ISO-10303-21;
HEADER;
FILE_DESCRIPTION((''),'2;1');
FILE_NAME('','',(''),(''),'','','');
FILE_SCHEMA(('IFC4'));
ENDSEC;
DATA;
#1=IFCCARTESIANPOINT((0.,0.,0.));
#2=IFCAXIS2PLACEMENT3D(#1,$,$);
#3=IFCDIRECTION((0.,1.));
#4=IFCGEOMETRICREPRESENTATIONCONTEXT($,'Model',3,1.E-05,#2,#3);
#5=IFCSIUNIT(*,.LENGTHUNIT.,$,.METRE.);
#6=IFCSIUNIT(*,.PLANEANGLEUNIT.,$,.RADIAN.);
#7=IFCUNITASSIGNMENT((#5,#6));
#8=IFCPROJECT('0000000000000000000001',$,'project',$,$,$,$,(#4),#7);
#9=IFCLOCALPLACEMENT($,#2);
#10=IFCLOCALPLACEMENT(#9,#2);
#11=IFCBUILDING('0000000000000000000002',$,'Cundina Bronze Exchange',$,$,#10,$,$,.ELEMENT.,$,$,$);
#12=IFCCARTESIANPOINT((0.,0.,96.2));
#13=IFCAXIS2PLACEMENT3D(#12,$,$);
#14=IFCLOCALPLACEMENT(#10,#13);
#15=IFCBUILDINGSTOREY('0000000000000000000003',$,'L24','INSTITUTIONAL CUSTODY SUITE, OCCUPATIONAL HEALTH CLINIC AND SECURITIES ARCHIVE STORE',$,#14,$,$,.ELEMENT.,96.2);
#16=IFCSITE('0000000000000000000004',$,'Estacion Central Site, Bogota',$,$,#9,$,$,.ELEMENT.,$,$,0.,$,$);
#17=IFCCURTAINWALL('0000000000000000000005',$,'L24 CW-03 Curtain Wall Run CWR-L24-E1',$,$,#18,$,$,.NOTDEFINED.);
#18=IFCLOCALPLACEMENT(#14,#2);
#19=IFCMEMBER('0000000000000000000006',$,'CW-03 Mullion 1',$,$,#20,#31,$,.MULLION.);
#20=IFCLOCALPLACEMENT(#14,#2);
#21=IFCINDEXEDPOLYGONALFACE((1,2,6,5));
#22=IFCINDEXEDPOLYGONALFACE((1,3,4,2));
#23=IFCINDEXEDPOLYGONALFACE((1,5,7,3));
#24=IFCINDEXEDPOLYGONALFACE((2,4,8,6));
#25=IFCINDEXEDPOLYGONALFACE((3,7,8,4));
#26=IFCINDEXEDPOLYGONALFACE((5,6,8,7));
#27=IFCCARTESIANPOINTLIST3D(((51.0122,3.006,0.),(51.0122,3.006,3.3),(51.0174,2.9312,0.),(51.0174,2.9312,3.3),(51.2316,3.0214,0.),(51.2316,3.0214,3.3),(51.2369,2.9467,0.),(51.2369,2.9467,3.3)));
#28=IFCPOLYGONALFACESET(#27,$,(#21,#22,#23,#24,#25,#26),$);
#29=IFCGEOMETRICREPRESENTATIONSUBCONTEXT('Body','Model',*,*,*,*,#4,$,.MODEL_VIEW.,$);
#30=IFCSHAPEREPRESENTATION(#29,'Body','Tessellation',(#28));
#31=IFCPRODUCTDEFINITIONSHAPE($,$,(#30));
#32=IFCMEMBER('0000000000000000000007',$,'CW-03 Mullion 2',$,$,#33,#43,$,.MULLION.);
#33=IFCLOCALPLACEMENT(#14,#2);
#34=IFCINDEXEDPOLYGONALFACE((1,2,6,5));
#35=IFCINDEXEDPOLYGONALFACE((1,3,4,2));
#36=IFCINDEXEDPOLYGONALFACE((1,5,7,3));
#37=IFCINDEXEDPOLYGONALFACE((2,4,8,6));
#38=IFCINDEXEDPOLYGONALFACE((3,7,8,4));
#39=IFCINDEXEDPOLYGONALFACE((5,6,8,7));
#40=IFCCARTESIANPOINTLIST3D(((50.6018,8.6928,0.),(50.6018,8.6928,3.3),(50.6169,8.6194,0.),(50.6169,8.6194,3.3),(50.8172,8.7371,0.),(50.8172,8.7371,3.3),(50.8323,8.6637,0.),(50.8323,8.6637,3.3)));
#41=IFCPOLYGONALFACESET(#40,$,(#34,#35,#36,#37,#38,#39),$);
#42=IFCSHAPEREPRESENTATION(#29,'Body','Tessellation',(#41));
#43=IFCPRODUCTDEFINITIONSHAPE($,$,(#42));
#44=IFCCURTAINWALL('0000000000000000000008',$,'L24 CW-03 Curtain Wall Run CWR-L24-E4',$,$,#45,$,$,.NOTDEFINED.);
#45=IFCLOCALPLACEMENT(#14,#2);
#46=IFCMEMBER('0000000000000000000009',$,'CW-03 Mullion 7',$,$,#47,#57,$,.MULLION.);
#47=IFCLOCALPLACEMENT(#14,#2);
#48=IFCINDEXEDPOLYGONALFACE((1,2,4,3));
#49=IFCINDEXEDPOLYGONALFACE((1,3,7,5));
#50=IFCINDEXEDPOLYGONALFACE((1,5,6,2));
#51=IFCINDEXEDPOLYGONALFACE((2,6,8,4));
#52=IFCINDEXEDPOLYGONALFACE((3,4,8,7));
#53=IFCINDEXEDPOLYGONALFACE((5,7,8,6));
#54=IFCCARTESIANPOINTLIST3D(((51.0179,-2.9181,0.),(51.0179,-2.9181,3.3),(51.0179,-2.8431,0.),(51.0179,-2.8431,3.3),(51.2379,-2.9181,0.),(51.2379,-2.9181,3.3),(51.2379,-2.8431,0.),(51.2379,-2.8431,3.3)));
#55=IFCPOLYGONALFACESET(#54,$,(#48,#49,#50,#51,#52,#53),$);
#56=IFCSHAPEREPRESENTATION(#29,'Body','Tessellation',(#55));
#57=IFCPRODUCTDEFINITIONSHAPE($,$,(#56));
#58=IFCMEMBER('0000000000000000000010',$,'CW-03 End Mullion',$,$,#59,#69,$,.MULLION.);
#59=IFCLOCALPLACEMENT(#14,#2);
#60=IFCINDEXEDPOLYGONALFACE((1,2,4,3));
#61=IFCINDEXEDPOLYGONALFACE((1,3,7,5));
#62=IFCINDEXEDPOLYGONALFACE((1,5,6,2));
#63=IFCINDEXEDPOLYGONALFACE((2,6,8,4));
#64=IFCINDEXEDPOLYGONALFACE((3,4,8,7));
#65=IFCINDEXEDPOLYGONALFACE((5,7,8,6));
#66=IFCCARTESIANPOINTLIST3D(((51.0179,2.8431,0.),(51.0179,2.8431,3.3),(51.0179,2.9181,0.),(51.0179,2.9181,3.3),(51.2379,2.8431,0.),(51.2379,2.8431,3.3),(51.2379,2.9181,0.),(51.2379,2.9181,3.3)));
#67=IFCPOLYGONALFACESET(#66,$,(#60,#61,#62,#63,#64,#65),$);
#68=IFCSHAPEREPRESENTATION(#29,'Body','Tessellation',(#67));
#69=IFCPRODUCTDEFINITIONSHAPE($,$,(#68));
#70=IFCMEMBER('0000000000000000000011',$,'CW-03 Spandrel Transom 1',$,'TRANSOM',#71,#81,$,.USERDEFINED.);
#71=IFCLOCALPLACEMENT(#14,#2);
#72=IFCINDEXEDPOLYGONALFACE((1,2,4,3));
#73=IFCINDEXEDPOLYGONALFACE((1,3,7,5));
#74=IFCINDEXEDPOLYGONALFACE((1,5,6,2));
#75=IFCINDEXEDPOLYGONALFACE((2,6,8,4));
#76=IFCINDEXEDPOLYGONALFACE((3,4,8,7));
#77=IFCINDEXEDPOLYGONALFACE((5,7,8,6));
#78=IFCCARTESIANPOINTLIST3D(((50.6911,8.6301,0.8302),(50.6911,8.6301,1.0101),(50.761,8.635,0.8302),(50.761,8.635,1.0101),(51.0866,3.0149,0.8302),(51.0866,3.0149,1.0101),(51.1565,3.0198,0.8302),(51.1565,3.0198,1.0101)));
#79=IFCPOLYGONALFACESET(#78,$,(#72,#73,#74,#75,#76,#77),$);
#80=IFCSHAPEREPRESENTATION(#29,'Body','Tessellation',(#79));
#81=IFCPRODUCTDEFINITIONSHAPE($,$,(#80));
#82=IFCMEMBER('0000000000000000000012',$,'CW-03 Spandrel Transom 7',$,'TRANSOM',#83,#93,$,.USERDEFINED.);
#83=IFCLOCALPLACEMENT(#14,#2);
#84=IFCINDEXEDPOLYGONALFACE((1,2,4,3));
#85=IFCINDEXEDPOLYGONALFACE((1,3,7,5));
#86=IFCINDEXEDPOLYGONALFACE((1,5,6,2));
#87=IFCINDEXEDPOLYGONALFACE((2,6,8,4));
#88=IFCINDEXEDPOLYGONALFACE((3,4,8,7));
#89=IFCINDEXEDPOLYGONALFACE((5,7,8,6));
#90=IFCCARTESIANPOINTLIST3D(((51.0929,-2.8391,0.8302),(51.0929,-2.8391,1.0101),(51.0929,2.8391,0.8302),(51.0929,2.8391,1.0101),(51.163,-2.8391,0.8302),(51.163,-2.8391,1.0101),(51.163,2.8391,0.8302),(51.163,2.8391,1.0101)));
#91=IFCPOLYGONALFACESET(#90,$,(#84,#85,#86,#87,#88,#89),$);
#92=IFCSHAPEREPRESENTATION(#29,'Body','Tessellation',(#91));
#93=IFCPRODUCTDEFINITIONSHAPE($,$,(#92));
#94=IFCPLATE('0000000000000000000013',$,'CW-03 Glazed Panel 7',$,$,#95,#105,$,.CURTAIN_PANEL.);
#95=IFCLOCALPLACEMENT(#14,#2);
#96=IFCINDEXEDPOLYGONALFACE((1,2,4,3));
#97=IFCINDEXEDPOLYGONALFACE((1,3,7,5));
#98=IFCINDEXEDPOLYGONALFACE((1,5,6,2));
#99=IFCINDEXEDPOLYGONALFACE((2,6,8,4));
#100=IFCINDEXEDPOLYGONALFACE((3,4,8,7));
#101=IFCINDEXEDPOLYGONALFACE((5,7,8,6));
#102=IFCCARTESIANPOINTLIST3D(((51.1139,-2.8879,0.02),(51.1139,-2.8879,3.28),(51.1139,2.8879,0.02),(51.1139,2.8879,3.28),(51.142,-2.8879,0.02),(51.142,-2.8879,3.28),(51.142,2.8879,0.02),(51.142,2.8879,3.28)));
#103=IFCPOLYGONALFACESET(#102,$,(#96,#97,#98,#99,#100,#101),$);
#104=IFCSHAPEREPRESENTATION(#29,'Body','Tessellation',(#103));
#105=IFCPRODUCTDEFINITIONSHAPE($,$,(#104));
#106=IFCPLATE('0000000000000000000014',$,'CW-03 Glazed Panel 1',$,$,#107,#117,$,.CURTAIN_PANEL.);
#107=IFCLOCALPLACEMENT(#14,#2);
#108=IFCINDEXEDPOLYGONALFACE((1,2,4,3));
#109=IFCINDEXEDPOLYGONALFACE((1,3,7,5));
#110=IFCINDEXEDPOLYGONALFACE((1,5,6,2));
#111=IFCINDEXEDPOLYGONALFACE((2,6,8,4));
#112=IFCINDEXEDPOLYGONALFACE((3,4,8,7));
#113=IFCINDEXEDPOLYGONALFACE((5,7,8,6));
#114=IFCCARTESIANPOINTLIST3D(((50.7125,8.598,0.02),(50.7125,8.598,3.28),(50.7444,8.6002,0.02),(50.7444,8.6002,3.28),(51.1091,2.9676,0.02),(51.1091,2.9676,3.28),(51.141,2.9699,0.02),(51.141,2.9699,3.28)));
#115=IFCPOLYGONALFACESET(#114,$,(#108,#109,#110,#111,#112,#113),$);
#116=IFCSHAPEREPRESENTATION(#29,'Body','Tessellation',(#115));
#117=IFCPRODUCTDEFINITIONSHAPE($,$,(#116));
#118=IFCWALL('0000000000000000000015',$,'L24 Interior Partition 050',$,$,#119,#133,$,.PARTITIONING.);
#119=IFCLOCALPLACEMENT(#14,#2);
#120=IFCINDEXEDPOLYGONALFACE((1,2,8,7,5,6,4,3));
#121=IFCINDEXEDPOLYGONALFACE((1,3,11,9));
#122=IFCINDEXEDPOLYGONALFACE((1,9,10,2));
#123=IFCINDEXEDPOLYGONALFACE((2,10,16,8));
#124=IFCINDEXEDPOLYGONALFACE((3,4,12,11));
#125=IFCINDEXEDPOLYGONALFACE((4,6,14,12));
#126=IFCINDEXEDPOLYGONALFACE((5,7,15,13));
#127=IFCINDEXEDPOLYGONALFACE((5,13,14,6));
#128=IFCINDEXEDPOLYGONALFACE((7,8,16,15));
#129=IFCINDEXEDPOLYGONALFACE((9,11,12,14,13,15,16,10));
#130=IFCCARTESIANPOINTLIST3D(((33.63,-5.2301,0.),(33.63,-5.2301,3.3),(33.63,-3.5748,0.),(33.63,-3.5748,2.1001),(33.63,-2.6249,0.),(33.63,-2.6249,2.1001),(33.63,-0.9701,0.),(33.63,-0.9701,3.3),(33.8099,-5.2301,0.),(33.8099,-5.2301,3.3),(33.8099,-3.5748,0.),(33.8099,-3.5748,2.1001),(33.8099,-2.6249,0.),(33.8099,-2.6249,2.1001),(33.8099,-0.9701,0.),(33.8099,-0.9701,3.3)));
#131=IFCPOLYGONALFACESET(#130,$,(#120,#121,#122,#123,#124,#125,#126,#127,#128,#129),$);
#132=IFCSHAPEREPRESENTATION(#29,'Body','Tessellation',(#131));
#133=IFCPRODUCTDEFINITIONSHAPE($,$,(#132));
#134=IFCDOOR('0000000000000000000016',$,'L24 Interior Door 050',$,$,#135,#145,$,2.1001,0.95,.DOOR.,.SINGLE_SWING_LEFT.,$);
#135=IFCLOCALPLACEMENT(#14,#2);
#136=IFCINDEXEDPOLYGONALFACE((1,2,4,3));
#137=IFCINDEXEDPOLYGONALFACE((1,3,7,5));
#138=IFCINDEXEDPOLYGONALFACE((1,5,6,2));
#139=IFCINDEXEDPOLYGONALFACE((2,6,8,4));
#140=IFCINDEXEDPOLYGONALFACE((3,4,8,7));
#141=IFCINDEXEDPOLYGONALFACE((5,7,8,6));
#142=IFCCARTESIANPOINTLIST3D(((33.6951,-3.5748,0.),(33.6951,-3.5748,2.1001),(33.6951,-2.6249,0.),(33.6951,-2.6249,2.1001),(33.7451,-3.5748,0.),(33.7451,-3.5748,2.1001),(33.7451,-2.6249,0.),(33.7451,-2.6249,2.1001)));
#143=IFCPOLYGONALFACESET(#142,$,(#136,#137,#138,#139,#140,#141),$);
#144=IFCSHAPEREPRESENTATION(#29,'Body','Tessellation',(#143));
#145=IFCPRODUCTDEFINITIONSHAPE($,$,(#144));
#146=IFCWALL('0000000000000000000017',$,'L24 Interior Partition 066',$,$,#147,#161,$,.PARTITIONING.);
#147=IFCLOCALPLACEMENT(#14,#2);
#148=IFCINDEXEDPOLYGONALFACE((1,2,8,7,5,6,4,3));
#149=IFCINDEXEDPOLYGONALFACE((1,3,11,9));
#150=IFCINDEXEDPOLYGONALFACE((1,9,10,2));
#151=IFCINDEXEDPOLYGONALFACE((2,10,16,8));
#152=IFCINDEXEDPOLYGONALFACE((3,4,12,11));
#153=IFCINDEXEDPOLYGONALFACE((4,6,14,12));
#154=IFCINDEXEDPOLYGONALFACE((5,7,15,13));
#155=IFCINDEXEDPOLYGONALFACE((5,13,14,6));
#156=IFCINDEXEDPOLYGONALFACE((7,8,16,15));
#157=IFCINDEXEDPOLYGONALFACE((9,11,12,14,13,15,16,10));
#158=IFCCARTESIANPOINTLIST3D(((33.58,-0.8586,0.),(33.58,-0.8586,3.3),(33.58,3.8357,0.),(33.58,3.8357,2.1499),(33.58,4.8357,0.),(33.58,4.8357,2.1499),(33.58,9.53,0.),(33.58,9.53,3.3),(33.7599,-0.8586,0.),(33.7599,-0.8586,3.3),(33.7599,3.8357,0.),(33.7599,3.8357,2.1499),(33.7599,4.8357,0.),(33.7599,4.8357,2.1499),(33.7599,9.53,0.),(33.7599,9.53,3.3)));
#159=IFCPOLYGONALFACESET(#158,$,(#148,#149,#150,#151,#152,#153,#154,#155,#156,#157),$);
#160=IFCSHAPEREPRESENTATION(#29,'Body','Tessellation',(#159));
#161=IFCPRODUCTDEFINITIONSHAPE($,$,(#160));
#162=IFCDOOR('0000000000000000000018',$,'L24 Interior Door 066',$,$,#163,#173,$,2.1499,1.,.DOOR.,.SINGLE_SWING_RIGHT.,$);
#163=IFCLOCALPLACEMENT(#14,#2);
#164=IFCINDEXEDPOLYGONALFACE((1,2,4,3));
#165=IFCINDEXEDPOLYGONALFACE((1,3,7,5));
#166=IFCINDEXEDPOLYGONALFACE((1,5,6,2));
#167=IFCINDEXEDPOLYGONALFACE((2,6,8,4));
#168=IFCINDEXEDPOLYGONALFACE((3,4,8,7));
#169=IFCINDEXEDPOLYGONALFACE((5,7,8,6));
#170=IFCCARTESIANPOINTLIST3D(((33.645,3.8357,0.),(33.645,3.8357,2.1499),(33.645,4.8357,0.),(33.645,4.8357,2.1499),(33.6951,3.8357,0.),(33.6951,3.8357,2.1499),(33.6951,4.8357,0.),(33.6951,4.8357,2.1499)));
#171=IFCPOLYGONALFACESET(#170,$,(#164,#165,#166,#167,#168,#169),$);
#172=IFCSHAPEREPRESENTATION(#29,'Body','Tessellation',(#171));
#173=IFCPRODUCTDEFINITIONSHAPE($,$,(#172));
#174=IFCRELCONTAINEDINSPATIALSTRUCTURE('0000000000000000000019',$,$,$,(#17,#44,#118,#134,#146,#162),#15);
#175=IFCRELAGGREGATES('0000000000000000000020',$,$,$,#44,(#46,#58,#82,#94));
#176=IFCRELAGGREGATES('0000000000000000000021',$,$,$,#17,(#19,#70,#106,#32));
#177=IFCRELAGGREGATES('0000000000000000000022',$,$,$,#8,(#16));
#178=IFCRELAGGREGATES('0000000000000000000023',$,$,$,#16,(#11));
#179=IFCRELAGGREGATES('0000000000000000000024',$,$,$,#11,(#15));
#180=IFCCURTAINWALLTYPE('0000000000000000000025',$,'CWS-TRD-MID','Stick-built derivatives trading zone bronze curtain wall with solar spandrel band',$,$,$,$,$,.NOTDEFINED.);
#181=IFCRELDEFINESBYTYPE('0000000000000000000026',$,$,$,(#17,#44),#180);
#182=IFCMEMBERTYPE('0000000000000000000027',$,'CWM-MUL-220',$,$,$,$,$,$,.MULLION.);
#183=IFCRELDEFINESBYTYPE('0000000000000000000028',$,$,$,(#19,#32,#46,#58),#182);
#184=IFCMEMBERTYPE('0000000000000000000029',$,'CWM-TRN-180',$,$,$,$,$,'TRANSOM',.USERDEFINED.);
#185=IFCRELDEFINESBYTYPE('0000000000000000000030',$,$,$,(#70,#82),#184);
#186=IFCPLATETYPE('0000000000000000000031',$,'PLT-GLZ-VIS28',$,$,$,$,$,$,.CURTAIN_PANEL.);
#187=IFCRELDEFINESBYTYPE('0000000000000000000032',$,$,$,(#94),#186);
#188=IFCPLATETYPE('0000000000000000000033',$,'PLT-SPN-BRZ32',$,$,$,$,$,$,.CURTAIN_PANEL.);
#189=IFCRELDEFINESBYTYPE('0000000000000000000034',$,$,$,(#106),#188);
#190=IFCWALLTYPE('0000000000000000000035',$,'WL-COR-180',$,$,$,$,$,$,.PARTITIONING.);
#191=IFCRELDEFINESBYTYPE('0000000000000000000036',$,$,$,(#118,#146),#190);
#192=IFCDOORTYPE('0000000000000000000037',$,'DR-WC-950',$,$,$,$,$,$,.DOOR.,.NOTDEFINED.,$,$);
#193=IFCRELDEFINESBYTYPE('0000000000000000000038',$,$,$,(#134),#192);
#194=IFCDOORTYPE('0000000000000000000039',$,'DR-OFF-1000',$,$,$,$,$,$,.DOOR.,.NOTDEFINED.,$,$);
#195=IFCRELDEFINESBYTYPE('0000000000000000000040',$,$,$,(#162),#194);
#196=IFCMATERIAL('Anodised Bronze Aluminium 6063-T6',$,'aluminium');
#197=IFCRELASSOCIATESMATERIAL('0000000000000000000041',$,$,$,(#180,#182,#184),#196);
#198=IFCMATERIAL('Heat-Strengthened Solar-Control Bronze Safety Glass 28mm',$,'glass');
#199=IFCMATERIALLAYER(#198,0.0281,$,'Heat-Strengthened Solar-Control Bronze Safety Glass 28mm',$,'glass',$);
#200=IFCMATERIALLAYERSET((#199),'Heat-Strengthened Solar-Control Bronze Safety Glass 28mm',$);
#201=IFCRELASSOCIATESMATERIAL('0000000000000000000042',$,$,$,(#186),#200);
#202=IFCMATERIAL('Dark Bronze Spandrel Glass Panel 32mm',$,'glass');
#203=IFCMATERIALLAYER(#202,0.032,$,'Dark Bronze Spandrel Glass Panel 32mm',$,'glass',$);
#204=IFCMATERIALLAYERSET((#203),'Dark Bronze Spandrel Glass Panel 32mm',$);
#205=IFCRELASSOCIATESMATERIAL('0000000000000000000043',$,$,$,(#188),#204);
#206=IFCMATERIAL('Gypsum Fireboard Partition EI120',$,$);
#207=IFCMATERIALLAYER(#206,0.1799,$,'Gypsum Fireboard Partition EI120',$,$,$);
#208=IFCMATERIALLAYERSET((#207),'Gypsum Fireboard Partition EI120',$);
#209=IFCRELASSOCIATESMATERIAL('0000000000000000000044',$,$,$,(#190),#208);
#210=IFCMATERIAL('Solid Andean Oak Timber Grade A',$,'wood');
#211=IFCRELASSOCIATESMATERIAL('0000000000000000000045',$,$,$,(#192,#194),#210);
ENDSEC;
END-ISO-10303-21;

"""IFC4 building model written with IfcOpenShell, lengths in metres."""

from ifc_helpers import new_model, si_unit, direction, frame, frame_2d, origin, origin_2d, place, context, subcontext, project, spatial, rectangle, extrude, material, layer, layer_set, material_profile, profile_set, type_object, element, fill, aggregate, save


model = new_model("IFC4")

# Units and contexts
model_context = context("Model", 3, precision=1e-05, world=origin(), true_north=direction((0.0, 1.0)))
body_context = subcontext(model_context, "Body", "Model", "MODEL_VIEW")
ifc_project = project(units=[si_unit("LENGTHUNIT", "METRE"), si_unit("PLANEANGLEUNIT", "RADIAN")], contexts=[model_context])

# Site, building, storey
site_placement = place(None, origin())
site = spatial("IfcSite", under=ifc_project, at=site_placement, Name="Estacion Central Site, Bogota", CompositionType="ELEMENT", RefElevation=0.0)
building_placement = place(site_placement, origin())
building = spatial("IfcBuilding", under=site, at=building_placement, Name="Cundina Bronze Exchange", CompositionType="ELEMENT")
storey_placement = place(building_placement, frame((0.0, 0.0, 96.2)))
storey = spatial("IfcBuildingStorey", under=building, at=storey_placement, Name="L24", Description="INSTITUTIONAL CUSTODY SUITE, OCCUPATIONAL HEALTH CLINIC AND SECURITIES ARCHIVE STORE", CompositionType="ELEMENT", Elevation=96.2)

# Curtain walls, members
ifc_material_1 = material(Name="Anodised Bronze Aluminium 6063-T6", Category="aluminium")
curtain_wall_type = type_object("IfcCurtainWallType", Name="CWS-TRD-MID", Description="Stick-built derivatives trading zone bronze curtain wall with solar spandrel band", PredefinedType="NOTDEFINED", material=ifc_material_1)
curtain_wall_1_placement = place(storey_placement, origin())
curtain_wall_1 = element("IfcCurtainWall", 1, at=curtain_wall_1_placement, inside=storey, type_object=curtain_wall_type, Name="L24 CW-03 Curtain Wall Run CWR-L24-E1", PredefinedType="NOTDEFINED")
ifc_material_profile_1 = material_profile(ifc_material_1, rectangle(XDim=0.075, YDim=0.22, at=origin_2d()), Name="AL75X220", Category="aluminium")
ifc_profile_set_1 = profile_set([ifc_material_profile_1], Name="Anodised Bronze Aluminium 6063-T6")
member_type_1 = type_object("IfcMemberType", Name="CWM-MUL-220", PredefinedType="MULLION", material=ifc_profile_set_1)
member_1_placement = place(storey_placement, frame((51.1245, 2.9763, 0.0), z_axis=(0.0, 0.0, 1.0), x_axis=(-0.070279, 0.997527, 0.0)))
member_1 = element("IfcMember", 2, at=member_1_placement, type_object=member_type_1, Name="CW-03 Mullion 1", PredefinedType="MULLION", context=body_context, shape_type="SweptSolid", body=[
    extrude(rectangle(XDim=0.075, YDim=0.22, at=origin_2d()), origin(), (0.0, 0.0, 1.0), 3.3),
])
member_2_placement = place(storey_placement, frame((50.717, 8.6782, 0.0), z_axis=(0.0, 0.0, 1.0), x_axis=(-0.20142, 0.979505, 0.0)))
member_2 = element("IfcMember", 3, at=member_2_placement, type_object=member_type_1, Name="CW-03 Mullion 2", PredefinedType="MULLION", context=body_context, shape_type="SweptSolid", body=[
    extrude(rectangle(XDim=0.075, YDim=0.22, at=origin_2d()), origin(), (0.0, 0.0, 1.0), 3.3),
])
curtain_wall_2_placement = place(storey_placement, origin())
curtain_wall_2 = element("IfcCurtainWall", 4, at=curtain_wall_2_placement, inside=storey, type_object=curtain_wall_type, Name="L24 CW-03 Curtain Wall Run CWR-L24-E4", PredefinedType="NOTDEFINED")
member_3_placement = place(storey_placement, frame((51.1279, -2.8806, 0.0), z_axis=(0.0, 0.0, 1.0), x_axis=(0.0, 1.0, 0.0)))
member_3 = element("IfcMember", 5, at=member_3_placement, type_object=member_type_1, Name="CW-03 Mullion 7", PredefinedType="MULLION", context=body_context, shape_type="SweptSolid", body=[
    extrude(rectangle(XDim=0.075, YDim=0.22, at=origin_2d()), origin(), (0.0, 0.0, 1.0), 3.3),
])
member_4_placement = place(storey_placement, frame((51.1279, 2.8806, 0.0), z_axis=(0.0, 0.0, 1.0), x_axis=(0.0, 1.0, 0.0)))
member_4 = element("IfcMember", 6, at=member_4_placement, type_object=member_type_1, Name="CW-03 End Mullion", PredefinedType="MULLION", context=body_context, shape_type="SweptSolid", body=[
    extrude(rectangle(XDim=0.075, YDim=0.22, at=origin_2d()), origin(), (0.0, 0.0, 1.0), 3.3),
])

# Members
ifc_material_profile_2 = material_profile(ifc_material_1, rectangle(XDim=0.0701, YDim=0.1799, at=origin_2d()), Name="AL70X180", Category="aluminium")
ifc_profile_set_2 = profile_set([ifc_material_profile_2], Name="Anodised Bronze Aluminium 6063-T6")
member_type_2 = type_object("IfcMemberType", Name="CWM-TRN-180", ElementType="TRANSOM", PredefinedType="USERDEFINED", material=ifc_profile_set_2)
member_5_placement = place(storey_placement, frame((51.1216, 3.0173, 0.9202), z_axis=(-0.070261, 0.997529, 0.0), x_axis=(-0.997529, -0.070261, 0.0)))
member_5 = element("IfcMember", 7, at=member_5_placement, type_object=member_type_2, Name="CW-03 Spandrel Transom 1", ObjectType="TRANSOM", PredefinedType="USERDEFINED", context=body_context, shape_type="SweptSolid", body=[
    extrude(rectangle(XDim=0.0701, YDim=0.1799, at=origin_2d()), origin(), (0.0, 0.0, 1.0), 5.6292),
])
member_6_placement = place(storey_placement, frame((51.1279, -2.8391, 0.9202), z_axis=(0.0, 1.0, 0.0), x_axis=(-1.0, 0.0, 0.0)))
member_6 = element("IfcMember", 8, at=member_6_placement, type_object=member_type_2, Name="CW-03 Spandrel Transom 7", ObjectType="TRANSOM", PredefinedType="USERDEFINED", context=body_context, shape_type="SweptSolid", body=[
    extrude(rectangle(XDim=0.0701, YDim=0.1799, at=origin_2d()), origin(), (0.0, 0.0, 1.0), 5.6782),
])

# Plates
ifc_material_2 = material(Name="Heat-Strengthened Solar-Control Bronze Safety Glass 28mm", Category="glass")
ifc_layer_1 = layer(ifc_material_2, 0.0281, Name="Heat-Strengthened Solar-Control Bronze Safety Glass 28mm", Category="glass")
ifc_layer_set_1 = layer_set([ifc_layer_1], Name="Heat-Strengthened Solar-Control Bronze Safety Glass 28mm")
plate_type_1 = type_object("IfcPlateType", Name="PLT-GLZ-VIS28", PredefinedType="CURTAIN_PANEL", material=ifc_layer_set_1)
plate_1_placement = place(storey_placement, frame((51.1279, 0.0, 0.02), z_axis=(0.0, 0.0, 1.0), x_axis=(0.0, 1.0, 0.0)))
plate_1 = element("IfcPlate", 9, at=plate_1_placement, type_object=plate_type_1, Name="CW-03 Glazed Panel 7", PredefinedType="CURTAIN_PANEL", context=body_context, shape_type="SweptSolid", body=[
    extrude(rectangle(XDim=5.7759, YDim=0.0281, at=origin_2d()), origin(), (0.0, 0.0, 1.0), 3.26),
])
aggregate(curtain_wall_2, [member_3, member_4, member_6, plate_1])
ifc_material_3 = material(Name="Dark Bronze Spandrel Glass Panel 32mm", Category="glass")
ifc_layer_2 = layer(ifc_material_3, 0.032, Name="Dark Bronze Spandrel Glass Panel 32mm", Category="glass")
ifc_layer_set_2 = layer_set([ifc_layer_2], Name="Dark Bronze Spandrel Glass Panel 32mm")
plate_type_2 = type_object("IfcPlateType", Name="PLT-SPN-BRZ32", PredefinedType="CURTAIN_PANEL", material=ifc_layer_set_2)
plate_2_placement = place(storey_placement, frame((50.9268, 5.7839, 0.02), z_axis=(0.0, 0.0, 1.0), x_axis=(-0.070279, 0.997527, 0.0)))
plate_2 = element("IfcPlate", 10, at=plate_2_placement, type_object=plate_type_2, Name="CW-03 Glazed Panel 1", PredefinedType="CURTAIN_PANEL", context=body_context, shape_type="SweptSolid", body=[
    extrude(rectangle(XDim=5.6443, YDim=0.032, at=origin_2d()), origin(), (0.0, 0.0, 1.0), 3.26),
])
aggregate(curtain_wall_1, [member_1, member_5, plate_2, member_2])

# Walls, openings, doors
ifc_material_4 = material(Name="Gypsum Fireboard Partition EI120")
ifc_layer_3 = layer(ifc_material_4, 0.1799, Name="Gypsum Fireboard Partition EI120")
ifc_layer_set_3 = layer_set([ifc_layer_3], Name="Gypsum Fireboard Partition EI120")
wall_type_1 = type_object("IfcWallType", Name="WL-COR-180", PredefinedType="PARTITIONING", material=ifc_layer_set_3)
wall_1_placement = place(storey_placement, frame((33.72, -5.23, 0.0), z_axis=(0.0, 0.0, 1.0), x_axis=(0.0, 1.0, 0.0)))
wall_1 = element("IfcWall", 11, at=wall_1_placement, inside=storey, type_object=wall_type_1, Name="L24 Interior Partition 050", PredefinedType="PARTITIONING", context=body_context, shape_type="SweptSolid", body=[
    extrude(rectangle(XDim=4.26, YDim=0.1799, at=frame_2d((2.1299, 0.0))), origin(), (0.0, 0.0, 1.0), 3.3),
])
opening_1_placement = place(wall_1_placement, frame((1.655, 0.0, 0.0)))
opening_1 = element("IfcOpeningElement", 12, at=opening_1_placement, cuts=wall_1, PredefinedType="OPENING", context=body_context, shape_type="SweptSolid", body=[
    extrude(rectangle(XDim=0.95, YDim=2.1001, at=frame_2d((0.4751, 1.05))), frame((0.0, 0.0999, 0.0), z_axis=(0.0, -1.0, 0.0), x_axis=(1.0, 0.0, 0.0)), (0.0, 0.0, 1.0), 0.2),
])
ifc_material_5 = material(Name="Solid Andean Oak Timber Grade A", Category="wood")
door_type_1 = type_object("IfcDoorType", Name="DR-WC-950", OperationType="NOTDEFINED", PredefinedType="DOOR", material=ifc_material_5)
door_1_placement = place(opening_1_placement, origin())
door_1 = element("IfcDoor", 13, at=door_1_placement, inside=storey, type_object=door_type_1, Name="L24 Interior Door 050", OperationType="SINGLE_SWING_LEFT", OverallHeight=2.1001, OverallWidth=0.95, PredefinedType="DOOR", context=body_context, shape_type="SweptSolid", body=[
    extrude(rectangle(XDim=0.95, YDim=2.1001, at=frame_2d((0.4751, 1.05))), frame((0.0, 0.0249, 0.0), z_axis=(0.0, -1.0, 0.0), x_axis=(1.0, 0.0, 0.0)), (0.0, 0.0, 1.0), 0.05),
])
fill(opening_1, door_1)
wall_2_placement = place(storey_placement, frame((33.6699, -0.8586, 0.0), z_axis=(0.0, 0.0, 1.0), x_axis=(0.0, 1.0, 0.0)))
wall_2 = element("IfcWall", 14, at=wall_2_placement, inside=storey, type_object=wall_type_1, Name="L24 Interior Partition 066", PredefinedType="PARTITIONING", context=body_context, shape_type="SweptSolid", body=[
    extrude(rectangle(XDim=10.3887, YDim=0.1799, at=frame_2d((5.1943, 0.0))), origin(), (0.0, 0.0, 1.0), 3.3),
])
opening_2_placement = place(wall_2_placement, frame((4.6943, 0.0, 0.0)))
opening_2 = element("IfcOpeningElement", 15, at=opening_2_placement, cuts=wall_2, PredefinedType="OPENING", context=body_context, shape_type="SweptSolid", body=[
    extrude(rectangle(XDim=1.0, YDim=2.1499, at=frame_2d((0.5, 1.075))), frame((0.0, 0.0999, 0.0), z_axis=(0.0, -1.0, 0.0), x_axis=(1.0, 0.0, 0.0)), (0.0, 0.0, 1.0), 0.2),
])
door_type_2 = type_object("IfcDoorType", Name="DR-OFF-1000", OperationType="NOTDEFINED", PredefinedType="DOOR", material=ifc_material_5)
door_2_placement = place(opening_2_placement, origin())
door_2 = element("IfcDoor", 16, at=door_2_placement, inside=storey, type_object=door_type_2, Name="L24 Interior Door 066", OperationType="SINGLE_SWING_RIGHT", OverallHeight=2.1499, OverallWidth=1.0, PredefinedType="DOOR", context=body_context, shape_type="SweptSolid", body=[
    extrude(rectangle(XDim=1.0, YDim=2.1499, at=frame_2d((0.5, 1.075))), frame((0.0, 0.0249, 0.0), z_axis=(0.0, -1.0, 0.0), x_axis=(1.0, 0.0, 0.0)), (0.0, 0.0, 1.0), 0.05),
])
fill(opening_2, door_2)

save(model, "model.ifc")
